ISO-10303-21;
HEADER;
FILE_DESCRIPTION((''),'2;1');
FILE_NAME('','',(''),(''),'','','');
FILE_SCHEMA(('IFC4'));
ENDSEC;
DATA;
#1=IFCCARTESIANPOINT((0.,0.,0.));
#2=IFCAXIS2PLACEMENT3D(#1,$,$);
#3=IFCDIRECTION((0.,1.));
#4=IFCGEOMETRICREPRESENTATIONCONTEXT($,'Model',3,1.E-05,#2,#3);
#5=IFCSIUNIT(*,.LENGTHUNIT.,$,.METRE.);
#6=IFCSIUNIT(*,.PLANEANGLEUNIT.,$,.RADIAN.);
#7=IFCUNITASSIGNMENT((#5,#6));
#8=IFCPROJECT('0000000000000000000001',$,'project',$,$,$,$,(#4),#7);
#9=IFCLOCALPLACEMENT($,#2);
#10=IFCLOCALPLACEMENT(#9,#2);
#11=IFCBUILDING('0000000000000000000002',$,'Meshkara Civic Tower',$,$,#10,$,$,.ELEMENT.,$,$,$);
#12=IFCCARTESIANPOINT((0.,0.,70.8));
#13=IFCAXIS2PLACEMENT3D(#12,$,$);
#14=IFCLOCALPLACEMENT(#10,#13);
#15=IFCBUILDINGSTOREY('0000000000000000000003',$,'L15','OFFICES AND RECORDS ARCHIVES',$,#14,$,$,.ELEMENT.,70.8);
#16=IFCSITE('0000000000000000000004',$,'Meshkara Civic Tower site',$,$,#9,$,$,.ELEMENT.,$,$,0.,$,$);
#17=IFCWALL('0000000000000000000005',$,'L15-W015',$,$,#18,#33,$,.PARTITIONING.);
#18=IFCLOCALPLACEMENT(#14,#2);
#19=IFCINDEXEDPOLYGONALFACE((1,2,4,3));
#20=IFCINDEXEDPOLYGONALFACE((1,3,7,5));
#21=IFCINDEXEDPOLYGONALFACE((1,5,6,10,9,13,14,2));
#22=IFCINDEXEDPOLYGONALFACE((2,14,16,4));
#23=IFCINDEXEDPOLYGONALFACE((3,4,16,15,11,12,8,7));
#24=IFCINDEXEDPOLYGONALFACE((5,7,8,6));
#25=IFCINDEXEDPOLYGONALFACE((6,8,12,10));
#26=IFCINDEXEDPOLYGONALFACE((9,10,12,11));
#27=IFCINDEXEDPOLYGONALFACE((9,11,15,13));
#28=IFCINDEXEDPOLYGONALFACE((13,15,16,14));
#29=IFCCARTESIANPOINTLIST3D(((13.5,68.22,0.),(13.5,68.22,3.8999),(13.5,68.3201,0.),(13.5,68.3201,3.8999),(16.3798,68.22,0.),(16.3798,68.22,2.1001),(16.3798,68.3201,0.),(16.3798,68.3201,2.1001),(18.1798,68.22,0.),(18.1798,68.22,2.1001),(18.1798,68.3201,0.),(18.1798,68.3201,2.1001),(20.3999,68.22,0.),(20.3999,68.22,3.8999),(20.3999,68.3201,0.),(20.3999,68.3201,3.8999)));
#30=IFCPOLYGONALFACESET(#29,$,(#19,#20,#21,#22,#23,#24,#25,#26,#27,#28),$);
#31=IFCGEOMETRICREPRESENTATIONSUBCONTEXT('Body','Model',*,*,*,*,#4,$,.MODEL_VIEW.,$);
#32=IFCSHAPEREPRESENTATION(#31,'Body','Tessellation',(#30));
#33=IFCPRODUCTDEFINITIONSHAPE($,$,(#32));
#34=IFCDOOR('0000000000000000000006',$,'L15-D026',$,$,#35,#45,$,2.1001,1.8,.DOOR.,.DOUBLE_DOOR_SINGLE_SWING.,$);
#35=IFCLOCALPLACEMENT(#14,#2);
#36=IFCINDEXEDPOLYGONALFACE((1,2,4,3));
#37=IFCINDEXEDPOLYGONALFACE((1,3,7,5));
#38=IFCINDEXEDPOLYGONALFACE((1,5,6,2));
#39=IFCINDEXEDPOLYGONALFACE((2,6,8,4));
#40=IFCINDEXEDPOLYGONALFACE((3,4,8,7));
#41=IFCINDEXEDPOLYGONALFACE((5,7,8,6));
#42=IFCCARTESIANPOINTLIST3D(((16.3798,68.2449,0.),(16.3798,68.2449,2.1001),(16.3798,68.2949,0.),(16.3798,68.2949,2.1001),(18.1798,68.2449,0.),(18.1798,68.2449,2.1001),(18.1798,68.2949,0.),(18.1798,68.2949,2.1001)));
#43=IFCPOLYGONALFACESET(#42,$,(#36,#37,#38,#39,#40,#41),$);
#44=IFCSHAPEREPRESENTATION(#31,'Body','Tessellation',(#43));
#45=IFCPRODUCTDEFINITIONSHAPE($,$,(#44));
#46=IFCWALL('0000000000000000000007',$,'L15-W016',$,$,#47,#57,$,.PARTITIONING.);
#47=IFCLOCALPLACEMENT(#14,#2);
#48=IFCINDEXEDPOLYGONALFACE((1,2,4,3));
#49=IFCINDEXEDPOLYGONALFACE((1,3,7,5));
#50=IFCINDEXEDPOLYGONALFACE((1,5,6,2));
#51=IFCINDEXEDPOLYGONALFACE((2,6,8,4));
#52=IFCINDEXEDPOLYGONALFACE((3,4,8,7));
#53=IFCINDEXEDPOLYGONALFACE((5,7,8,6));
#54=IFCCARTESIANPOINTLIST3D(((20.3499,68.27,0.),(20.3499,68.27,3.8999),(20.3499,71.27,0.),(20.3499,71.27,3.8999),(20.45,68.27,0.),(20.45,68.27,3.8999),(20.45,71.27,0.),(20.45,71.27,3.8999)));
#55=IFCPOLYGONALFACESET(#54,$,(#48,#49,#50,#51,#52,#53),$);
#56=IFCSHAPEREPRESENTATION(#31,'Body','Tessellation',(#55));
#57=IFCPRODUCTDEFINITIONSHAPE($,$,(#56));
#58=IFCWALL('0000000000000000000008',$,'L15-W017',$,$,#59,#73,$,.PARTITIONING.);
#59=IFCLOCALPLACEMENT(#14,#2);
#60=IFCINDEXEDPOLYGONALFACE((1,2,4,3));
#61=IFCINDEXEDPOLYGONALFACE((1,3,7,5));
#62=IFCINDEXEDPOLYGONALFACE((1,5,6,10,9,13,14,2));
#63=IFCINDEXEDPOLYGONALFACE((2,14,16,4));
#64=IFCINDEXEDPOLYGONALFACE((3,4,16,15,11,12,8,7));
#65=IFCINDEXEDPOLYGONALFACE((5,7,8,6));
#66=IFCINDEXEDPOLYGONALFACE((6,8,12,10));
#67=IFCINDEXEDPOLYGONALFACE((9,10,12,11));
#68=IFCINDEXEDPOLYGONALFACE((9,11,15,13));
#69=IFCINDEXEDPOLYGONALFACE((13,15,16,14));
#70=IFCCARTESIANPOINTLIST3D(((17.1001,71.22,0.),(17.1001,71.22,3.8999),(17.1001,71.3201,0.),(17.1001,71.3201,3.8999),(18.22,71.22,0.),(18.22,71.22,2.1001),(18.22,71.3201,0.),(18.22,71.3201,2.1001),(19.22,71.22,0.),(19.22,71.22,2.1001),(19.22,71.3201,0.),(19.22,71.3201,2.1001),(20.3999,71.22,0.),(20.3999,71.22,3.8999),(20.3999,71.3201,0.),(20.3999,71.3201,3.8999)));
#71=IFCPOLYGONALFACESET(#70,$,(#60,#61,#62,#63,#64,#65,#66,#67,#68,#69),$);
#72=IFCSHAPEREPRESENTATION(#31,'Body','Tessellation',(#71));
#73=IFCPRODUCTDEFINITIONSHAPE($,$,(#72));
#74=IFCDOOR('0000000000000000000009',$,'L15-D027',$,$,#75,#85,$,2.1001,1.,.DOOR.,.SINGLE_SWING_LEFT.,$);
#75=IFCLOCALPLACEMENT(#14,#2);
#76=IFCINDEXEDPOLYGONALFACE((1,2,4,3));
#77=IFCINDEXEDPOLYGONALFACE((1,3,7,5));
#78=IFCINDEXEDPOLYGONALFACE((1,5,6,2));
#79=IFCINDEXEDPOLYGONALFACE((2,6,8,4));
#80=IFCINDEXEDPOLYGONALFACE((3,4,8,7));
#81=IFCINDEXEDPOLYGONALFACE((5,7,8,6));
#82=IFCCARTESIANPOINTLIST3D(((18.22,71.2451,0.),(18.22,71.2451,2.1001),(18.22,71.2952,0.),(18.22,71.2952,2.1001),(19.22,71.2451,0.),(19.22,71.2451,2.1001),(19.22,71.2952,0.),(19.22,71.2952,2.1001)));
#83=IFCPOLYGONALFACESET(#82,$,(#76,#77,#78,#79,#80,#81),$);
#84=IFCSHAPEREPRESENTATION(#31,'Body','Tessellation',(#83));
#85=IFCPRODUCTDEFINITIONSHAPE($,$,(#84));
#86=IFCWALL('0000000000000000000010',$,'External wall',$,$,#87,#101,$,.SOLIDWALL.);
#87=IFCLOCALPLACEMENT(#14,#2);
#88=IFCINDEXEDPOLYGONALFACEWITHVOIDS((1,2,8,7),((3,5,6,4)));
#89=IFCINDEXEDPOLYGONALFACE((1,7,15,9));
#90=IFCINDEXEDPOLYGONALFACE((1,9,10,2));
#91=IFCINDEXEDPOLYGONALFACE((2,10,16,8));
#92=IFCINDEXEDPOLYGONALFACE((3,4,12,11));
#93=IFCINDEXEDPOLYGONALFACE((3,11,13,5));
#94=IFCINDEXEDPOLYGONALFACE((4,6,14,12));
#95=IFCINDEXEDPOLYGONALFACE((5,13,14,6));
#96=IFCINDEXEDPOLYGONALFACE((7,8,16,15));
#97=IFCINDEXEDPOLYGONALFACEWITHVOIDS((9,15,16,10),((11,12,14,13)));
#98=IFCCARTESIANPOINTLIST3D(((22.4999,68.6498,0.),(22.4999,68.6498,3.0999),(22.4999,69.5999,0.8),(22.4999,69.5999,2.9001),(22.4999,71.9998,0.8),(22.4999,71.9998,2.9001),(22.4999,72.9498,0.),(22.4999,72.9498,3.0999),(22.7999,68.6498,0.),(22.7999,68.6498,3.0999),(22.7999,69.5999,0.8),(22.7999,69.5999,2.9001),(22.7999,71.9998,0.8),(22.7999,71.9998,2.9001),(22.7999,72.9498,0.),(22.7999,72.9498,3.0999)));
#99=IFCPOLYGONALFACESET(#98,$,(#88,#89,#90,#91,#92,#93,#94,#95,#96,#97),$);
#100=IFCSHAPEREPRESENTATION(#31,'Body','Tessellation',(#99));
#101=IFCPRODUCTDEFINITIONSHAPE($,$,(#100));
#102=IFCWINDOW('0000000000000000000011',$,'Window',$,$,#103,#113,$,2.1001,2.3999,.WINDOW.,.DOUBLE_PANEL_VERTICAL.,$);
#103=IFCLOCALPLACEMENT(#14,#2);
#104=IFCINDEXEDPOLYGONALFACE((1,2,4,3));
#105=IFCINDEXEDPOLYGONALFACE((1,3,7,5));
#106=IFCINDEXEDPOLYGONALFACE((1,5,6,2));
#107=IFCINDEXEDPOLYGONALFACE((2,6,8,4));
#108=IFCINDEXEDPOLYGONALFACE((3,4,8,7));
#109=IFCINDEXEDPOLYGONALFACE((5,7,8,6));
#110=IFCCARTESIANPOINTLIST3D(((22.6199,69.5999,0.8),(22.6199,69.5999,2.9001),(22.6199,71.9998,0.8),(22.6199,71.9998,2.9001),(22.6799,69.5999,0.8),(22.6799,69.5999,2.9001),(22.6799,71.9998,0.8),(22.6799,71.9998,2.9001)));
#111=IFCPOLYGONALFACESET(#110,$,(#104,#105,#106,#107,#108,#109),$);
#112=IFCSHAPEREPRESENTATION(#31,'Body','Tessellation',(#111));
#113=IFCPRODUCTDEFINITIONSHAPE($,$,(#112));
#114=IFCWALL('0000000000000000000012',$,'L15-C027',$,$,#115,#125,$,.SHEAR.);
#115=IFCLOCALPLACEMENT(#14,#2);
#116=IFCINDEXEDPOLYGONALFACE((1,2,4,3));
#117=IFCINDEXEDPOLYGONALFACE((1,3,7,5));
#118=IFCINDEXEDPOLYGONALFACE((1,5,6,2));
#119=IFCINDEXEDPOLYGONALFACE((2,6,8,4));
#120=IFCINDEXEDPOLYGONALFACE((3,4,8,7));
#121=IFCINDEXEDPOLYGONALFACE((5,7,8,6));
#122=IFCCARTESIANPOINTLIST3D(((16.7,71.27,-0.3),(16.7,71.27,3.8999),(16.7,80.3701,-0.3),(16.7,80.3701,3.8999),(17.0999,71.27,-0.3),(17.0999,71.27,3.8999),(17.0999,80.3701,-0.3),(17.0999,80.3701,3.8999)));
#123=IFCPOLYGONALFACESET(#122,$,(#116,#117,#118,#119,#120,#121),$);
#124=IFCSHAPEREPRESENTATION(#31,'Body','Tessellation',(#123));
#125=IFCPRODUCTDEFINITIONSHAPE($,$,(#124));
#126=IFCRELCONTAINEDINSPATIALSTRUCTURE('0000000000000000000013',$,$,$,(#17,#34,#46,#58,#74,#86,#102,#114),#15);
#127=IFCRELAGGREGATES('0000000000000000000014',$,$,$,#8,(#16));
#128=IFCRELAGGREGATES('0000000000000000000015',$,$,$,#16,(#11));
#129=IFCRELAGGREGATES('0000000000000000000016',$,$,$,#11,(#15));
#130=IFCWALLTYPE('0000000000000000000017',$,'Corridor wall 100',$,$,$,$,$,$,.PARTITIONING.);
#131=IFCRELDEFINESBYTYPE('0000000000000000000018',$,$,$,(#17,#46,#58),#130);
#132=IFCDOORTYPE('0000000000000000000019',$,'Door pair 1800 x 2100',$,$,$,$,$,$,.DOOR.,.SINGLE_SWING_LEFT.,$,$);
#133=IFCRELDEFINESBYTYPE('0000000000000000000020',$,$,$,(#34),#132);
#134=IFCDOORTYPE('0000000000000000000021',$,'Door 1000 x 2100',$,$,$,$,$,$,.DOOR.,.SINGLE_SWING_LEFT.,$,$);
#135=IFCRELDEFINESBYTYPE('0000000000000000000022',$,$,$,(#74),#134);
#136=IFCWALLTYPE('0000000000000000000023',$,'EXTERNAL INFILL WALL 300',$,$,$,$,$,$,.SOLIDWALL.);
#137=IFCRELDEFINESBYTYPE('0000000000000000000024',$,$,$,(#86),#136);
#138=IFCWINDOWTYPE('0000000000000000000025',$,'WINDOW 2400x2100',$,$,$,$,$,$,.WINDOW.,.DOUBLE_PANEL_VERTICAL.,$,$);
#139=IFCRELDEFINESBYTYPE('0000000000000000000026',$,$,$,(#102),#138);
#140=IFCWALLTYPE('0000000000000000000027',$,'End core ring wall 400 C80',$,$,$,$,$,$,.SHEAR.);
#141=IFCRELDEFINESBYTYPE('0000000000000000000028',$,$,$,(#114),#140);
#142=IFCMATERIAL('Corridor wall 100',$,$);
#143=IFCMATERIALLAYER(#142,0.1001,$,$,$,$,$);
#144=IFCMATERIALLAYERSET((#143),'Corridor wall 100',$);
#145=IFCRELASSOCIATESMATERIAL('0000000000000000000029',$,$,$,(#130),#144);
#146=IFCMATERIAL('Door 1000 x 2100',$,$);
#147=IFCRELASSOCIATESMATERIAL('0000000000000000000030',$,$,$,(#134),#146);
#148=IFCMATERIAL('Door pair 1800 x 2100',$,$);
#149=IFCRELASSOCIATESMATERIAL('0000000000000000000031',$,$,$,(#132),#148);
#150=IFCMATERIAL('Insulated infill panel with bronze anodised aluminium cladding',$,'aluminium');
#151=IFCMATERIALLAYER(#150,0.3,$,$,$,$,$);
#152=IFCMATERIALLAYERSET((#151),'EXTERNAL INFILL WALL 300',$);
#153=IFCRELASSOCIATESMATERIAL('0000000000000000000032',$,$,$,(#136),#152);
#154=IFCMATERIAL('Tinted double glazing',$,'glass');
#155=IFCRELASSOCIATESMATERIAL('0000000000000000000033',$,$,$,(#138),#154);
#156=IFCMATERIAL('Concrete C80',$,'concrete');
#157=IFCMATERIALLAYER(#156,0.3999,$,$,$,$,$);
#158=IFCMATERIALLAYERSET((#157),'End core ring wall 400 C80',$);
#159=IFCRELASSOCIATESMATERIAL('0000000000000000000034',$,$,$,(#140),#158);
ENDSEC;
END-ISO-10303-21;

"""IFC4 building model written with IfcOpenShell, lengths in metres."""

from ifc_helpers import new_model, si_unit, direction, frame, frame_2d, origin, place, context, subcontext, project, spatial, rectangle, extrude, material, layer, layer_set, type_object, element, fill, save


model = new_model("IFC4")

# Units and contexts
model_context = context("Model", 3, precision=1e-05, world=origin(), true_north=direction((0.0, 1.0)))
body_context = subcontext(model_context, "Body", "Model", "MODEL_VIEW")
ifc_project = project(units=[si_unit("LENGTHUNIT", "METRE"), si_unit("PLANEANGLEUNIT", "RADIAN")], contexts=[model_context])

# Site, building, storey
site_placement = place(None, origin())
site = spatial("IfcSite", under=ifc_project, at=site_placement, Name="Meshkara Civic Tower site", CompositionType="ELEMENT", RefElevation=0.0)
building_placement = place(site_placement, origin())
building = spatial("IfcBuilding", under=site, at=building_placement, Name="Meshkara Civic Tower", CompositionType="ELEMENT")
storey_placement = place(building_placement, frame((0.0, 0.0, 70.8)))
storey = spatial("IfcBuildingStorey", under=building, at=storey_placement, Name="L15", Description="OFFICES AND RECORDS ARCHIVES", CompositionType="ELEMENT", Elevation=70.8)

# Shared definitions
ifc_material_1 = material(Name="Corridor wall 100")
ifc_layer_1 = layer(ifc_material_1, 0.1001)
ifc_layer_set_1 = layer_set([ifc_layer_1], Name="Corridor wall 100")
wall_type_1 = type_object("IfcWallType", Name="Corridor wall 100", PredefinedType="PARTITIONING", material=ifc_layer_set_1)
ifc_material_2 = material(Name="Door 1000 x 2100")
door_type_1 = type_object("IfcDoorType", Name="Door 1000 x 2100", OperationType="SINGLE_SWING_LEFT", PredefinedType="DOOR", material=ifc_material_2)
ifc_material_3 = material(Name="Door pair 1800 x 2100")
door_type_2 = type_object("IfcDoorType", Name="Door pair 1800 x 2100", OperationType="SINGLE_SWING_LEFT", PredefinedType="DOOR", material=ifc_material_3)

# Wall, opening, door
wall_1_placement = place(storey_placement, frame((13.5, 68.27, 0.0), z_axis=(0.0, 0.0, 1.0), x_axis=(1.0, 0.0, 0.0)))
wall_1 = element("IfcWall", 1, at=wall_1_placement, inside=storey, type_object=wall_type_1, Name="L15-W015", PredefinedType="PARTITIONING", context=body_context, shape_type="SweptSolid", body=[
    extrude(rectangle(XDim=6.8999, YDim=0.1001, at=frame_2d((3.45, 0.0))), origin(), (0.0, 0.0, 1.0), 3.8999),
])
opening_1_placement = place(wall_1_placement, frame((2.8799, 0.0, 0.0)))
opening_1 = element("IfcOpeningElement", 2, at=opening_1_placement, cuts=wall_1, PredefinedType="OPENING", context=body_context, shape_type="SweptSolid", body=[
    extrude(rectangle(XDim=1.8, YDim=2.1001, at=frame_2d((0.8999, 1.05))), frame((0.0, 0.0601, 0.0), z_axis=(0.0, -1.0, 0.0), x_axis=(1.0, 0.0, 0.0)), (0.0, 0.0, 1.0), 0.1201),
])
door_1_placement = place(opening_1_placement, origin())
door_1 = element("IfcDoor", 3, at=door_1_placement, inside=storey, type_object=door_type_2, Name="L15-D026", OperationType="DOUBLE_DOOR_SINGLE_SWING", OverallHeight=2.1001, OverallWidth=1.8, PredefinedType="DOOR", context=body_context, shape_type="SweptSolid", body=[
    extrude(rectangle(XDim=1.8, YDim=2.1001, at=frame_2d((0.8999, 1.05))), frame((0.0, 0.0249, 0.0), z_axis=(0.0, -1.0, 0.0), x_axis=(1.0, 0.0, 0.0)), (0.0, 0.0, 1.0), 0.05),
])
fill(opening_1, door_1)

# Wall
wall_2_placement = place(storey_placement, frame((20.3999, 68.27, 0.0), z_axis=(0.0, 0.0, 1.0), x_axis=(0.0, 1.0, 0.0)))
element("IfcWall", 4, at=wall_2_placement, inside=storey, type_object=wall_type_1, Name="L15-W016", PredefinedType="PARTITIONING", context=body_context, shape_type="SweptSolid", body=[
    extrude(rectangle(XDim=3.0, YDim=0.1001, at=frame_2d((1.5, 0.0))), origin(), (0.0, 0.0, 1.0), 3.8999),
])

# Wall, opening, door
wall_3_placement = place(storey_placement, frame((20.3999, 71.27, 0.0), z_axis=(0.0, 0.0, 1.0), x_axis=(-1.0, 0.0, 0.0)))
wall_3 = element("IfcWall", 5, at=wall_3_placement, inside=storey, type_object=wall_type_1, Name="L15-W017", PredefinedType="PARTITIONING", context=body_context, shape_type="SweptSolid", body=[
    extrude(rectangle(XDim=3.2998, YDim=0.1001, at=frame_2d((1.6499, 0.0))), origin(), (0.0, 0.0, 1.0), 3.8999),
])
opening_2_placement = place(wall_3_placement, frame((1.1799, 0.0, 0.0)))
opening_2 = element("IfcOpeningElement", 6, at=opening_2_placement, cuts=wall_3, PredefinedType="OPENING", context=body_context, shape_type="SweptSolid", body=[
    extrude(rectangle(XDim=1.0, YDim=2.1001, at=frame_2d((0.5, 1.05))), frame((0.0, 0.0601, 0.0), z_axis=(0.0, -1.0, 0.0), x_axis=(1.0, 0.0, 0.0)), (0.0, 0.0, 1.0), 0.1201),
])
door_2_placement = place(opening_2_placement, origin())
door_2 = element("IfcDoor", 7, at=door_2_placement, inside=storey, type_object=door_type_1, Name="L15-D027", OperationType="SINGLE_SWING_LEFT", OverallHeight=2.1001, OverallWidth=1.0, PredefinedType="DOOR", context=body_context, shape_type="SweptSolid", body=[
    extrude(rectangle(XDim=1.0, YDim=2.1001, at=frame_2d((0.5, 1.05))), frame((0.0, 0.0249, 0.0), z_axis=(0.0, -1.0, 0.0), x_axis=(1.0, 0.0, 0.0)), (0.0, 0.0, 1.0), 0.05),
])
fill(opening_2, door_2)

# Wall, opening, window
ifc_material_4 = material(Name="Insulated infill panel with bronze anodised aluminium cladding", Category="aluminium")
ifc_layer_2 = layer(ifc_material_4, 0.3)
ifc_layer_set_2 = layer_set([ifc_layer_2], Name="EXTERNAL INFILL WALL 300")
wall_type_2 = type_object("IfcWallType", Name="EXTERNAL INFILL WALL 300", PredefinedType="SOLIDWALL", material=ifc_layer_set_2)
wall_4_placement = place(storey_placement, frame((22.6499, 68.6499, 0.0), z_axis=(0.0, 0.0, 1.0), x_axis=(0.0, 1.0, 0.0)))
wall_4 = element("IfcWall", 8, at=wall_4_placement, inside=storey, type_object=wall_type_2, Name="External wall", PredefinedType="SOLIDWALL", context=body_context, shape_type="SweptSolid", body=[
    extrude(rectangle(XDim=4.3, YDim=0.3, at=frame_2d((2.1499, 0.0))), origin(), (0.0, 0.0, 1.0), 3.0999),
])
opening_3_placement = place(wall_4_placement, frame((0.95, 0.0, 0.8)))
opening_3 = element("IfcOpeningElement", 9, at=opening_3_placement, cuts=wall_4, PredefinedType="OPENING", context=body_context, shape_type="SweptSolid", body=[
    extrude(rectangle(XDim=2.3999, YDim=2.1001, at=frame_2d((1.2, 1.05))), frame((0.0, 0.1599, 0.0), z_axis=(0.0, -1.0, 0.0), x_axis=(1.0, 0.0, 0.0)), (0.0, 0.0, 1.0), 0.3201),
])
ifc_material_5 = material(Name="Tinted double glazing", Category="glass")
window_type = type_object("IfcWindowType", Name="WINDOW 2400x2100", PartitioningType="DOUBLE_PANEL_VERTICAL", PredefinedType="WINDOW", material=ifc_material_5)
window_placement = place(opening_3_placement, origin())
window = element("IfcWindow", 10, at=window_placement, inside=storey, type_object=window_type, Name="Window", OverallHeight=2.1001, OverallWidth=2.3999, PartitioningType="DOUBLE_PANEL_VERTICAL", PredefinedType="WINDOW", context=body_context, shape_type="SweptSolid", body=[
    extrude(rectangle(XDim=2.3999, YDim=2.1001, at=frame_2d((1.2, 1.05))), frame((0.0, 0.03, 0.0), z_axis=(0.0, -1.0, 0.0), x_axis=(1.0, 0.0, 0.0)), (0.0, 0.0, 1.0), 0.0601),
])
fill(opening_3, window)

# Wall
ifc_material_6 = material(Name="Concrete C80", Category="concrete")
ifc_layer_3 = layer(ifc_material_6, 0.3999)
ifc_layer_set_3 = layer_set([ifc_layer_3], Name="End core ring wall 400 C80")
wall_type_3 = type_object("IfcWallType", Name="End core ring wall 400 C80", PredefinedType="SHEAR", material=ifc_layer_set_3)
wall_5_placement = place(storey_placement, frame((16.8999, 71.27, -0.3), z_axis=(0.0, 0.0, 1.0), x_axis=(0.0, 1.0, 0.0)))
element("IfcWall", 11, at=wall_5_placement, inside=storey, type_object=wall_type_3, Name="L15-C027", PredefinedType="SHEAR", context=body_context, shape_type="SweptSolid", body=[
    extrude(rectangle(XDim=9.1001, YDim=0.3999, at=frame_2d((4.55, 0.0))), origin(), (0.0, 0.0, 1.0), 4.2),
])

save(model, "model.ifc")
